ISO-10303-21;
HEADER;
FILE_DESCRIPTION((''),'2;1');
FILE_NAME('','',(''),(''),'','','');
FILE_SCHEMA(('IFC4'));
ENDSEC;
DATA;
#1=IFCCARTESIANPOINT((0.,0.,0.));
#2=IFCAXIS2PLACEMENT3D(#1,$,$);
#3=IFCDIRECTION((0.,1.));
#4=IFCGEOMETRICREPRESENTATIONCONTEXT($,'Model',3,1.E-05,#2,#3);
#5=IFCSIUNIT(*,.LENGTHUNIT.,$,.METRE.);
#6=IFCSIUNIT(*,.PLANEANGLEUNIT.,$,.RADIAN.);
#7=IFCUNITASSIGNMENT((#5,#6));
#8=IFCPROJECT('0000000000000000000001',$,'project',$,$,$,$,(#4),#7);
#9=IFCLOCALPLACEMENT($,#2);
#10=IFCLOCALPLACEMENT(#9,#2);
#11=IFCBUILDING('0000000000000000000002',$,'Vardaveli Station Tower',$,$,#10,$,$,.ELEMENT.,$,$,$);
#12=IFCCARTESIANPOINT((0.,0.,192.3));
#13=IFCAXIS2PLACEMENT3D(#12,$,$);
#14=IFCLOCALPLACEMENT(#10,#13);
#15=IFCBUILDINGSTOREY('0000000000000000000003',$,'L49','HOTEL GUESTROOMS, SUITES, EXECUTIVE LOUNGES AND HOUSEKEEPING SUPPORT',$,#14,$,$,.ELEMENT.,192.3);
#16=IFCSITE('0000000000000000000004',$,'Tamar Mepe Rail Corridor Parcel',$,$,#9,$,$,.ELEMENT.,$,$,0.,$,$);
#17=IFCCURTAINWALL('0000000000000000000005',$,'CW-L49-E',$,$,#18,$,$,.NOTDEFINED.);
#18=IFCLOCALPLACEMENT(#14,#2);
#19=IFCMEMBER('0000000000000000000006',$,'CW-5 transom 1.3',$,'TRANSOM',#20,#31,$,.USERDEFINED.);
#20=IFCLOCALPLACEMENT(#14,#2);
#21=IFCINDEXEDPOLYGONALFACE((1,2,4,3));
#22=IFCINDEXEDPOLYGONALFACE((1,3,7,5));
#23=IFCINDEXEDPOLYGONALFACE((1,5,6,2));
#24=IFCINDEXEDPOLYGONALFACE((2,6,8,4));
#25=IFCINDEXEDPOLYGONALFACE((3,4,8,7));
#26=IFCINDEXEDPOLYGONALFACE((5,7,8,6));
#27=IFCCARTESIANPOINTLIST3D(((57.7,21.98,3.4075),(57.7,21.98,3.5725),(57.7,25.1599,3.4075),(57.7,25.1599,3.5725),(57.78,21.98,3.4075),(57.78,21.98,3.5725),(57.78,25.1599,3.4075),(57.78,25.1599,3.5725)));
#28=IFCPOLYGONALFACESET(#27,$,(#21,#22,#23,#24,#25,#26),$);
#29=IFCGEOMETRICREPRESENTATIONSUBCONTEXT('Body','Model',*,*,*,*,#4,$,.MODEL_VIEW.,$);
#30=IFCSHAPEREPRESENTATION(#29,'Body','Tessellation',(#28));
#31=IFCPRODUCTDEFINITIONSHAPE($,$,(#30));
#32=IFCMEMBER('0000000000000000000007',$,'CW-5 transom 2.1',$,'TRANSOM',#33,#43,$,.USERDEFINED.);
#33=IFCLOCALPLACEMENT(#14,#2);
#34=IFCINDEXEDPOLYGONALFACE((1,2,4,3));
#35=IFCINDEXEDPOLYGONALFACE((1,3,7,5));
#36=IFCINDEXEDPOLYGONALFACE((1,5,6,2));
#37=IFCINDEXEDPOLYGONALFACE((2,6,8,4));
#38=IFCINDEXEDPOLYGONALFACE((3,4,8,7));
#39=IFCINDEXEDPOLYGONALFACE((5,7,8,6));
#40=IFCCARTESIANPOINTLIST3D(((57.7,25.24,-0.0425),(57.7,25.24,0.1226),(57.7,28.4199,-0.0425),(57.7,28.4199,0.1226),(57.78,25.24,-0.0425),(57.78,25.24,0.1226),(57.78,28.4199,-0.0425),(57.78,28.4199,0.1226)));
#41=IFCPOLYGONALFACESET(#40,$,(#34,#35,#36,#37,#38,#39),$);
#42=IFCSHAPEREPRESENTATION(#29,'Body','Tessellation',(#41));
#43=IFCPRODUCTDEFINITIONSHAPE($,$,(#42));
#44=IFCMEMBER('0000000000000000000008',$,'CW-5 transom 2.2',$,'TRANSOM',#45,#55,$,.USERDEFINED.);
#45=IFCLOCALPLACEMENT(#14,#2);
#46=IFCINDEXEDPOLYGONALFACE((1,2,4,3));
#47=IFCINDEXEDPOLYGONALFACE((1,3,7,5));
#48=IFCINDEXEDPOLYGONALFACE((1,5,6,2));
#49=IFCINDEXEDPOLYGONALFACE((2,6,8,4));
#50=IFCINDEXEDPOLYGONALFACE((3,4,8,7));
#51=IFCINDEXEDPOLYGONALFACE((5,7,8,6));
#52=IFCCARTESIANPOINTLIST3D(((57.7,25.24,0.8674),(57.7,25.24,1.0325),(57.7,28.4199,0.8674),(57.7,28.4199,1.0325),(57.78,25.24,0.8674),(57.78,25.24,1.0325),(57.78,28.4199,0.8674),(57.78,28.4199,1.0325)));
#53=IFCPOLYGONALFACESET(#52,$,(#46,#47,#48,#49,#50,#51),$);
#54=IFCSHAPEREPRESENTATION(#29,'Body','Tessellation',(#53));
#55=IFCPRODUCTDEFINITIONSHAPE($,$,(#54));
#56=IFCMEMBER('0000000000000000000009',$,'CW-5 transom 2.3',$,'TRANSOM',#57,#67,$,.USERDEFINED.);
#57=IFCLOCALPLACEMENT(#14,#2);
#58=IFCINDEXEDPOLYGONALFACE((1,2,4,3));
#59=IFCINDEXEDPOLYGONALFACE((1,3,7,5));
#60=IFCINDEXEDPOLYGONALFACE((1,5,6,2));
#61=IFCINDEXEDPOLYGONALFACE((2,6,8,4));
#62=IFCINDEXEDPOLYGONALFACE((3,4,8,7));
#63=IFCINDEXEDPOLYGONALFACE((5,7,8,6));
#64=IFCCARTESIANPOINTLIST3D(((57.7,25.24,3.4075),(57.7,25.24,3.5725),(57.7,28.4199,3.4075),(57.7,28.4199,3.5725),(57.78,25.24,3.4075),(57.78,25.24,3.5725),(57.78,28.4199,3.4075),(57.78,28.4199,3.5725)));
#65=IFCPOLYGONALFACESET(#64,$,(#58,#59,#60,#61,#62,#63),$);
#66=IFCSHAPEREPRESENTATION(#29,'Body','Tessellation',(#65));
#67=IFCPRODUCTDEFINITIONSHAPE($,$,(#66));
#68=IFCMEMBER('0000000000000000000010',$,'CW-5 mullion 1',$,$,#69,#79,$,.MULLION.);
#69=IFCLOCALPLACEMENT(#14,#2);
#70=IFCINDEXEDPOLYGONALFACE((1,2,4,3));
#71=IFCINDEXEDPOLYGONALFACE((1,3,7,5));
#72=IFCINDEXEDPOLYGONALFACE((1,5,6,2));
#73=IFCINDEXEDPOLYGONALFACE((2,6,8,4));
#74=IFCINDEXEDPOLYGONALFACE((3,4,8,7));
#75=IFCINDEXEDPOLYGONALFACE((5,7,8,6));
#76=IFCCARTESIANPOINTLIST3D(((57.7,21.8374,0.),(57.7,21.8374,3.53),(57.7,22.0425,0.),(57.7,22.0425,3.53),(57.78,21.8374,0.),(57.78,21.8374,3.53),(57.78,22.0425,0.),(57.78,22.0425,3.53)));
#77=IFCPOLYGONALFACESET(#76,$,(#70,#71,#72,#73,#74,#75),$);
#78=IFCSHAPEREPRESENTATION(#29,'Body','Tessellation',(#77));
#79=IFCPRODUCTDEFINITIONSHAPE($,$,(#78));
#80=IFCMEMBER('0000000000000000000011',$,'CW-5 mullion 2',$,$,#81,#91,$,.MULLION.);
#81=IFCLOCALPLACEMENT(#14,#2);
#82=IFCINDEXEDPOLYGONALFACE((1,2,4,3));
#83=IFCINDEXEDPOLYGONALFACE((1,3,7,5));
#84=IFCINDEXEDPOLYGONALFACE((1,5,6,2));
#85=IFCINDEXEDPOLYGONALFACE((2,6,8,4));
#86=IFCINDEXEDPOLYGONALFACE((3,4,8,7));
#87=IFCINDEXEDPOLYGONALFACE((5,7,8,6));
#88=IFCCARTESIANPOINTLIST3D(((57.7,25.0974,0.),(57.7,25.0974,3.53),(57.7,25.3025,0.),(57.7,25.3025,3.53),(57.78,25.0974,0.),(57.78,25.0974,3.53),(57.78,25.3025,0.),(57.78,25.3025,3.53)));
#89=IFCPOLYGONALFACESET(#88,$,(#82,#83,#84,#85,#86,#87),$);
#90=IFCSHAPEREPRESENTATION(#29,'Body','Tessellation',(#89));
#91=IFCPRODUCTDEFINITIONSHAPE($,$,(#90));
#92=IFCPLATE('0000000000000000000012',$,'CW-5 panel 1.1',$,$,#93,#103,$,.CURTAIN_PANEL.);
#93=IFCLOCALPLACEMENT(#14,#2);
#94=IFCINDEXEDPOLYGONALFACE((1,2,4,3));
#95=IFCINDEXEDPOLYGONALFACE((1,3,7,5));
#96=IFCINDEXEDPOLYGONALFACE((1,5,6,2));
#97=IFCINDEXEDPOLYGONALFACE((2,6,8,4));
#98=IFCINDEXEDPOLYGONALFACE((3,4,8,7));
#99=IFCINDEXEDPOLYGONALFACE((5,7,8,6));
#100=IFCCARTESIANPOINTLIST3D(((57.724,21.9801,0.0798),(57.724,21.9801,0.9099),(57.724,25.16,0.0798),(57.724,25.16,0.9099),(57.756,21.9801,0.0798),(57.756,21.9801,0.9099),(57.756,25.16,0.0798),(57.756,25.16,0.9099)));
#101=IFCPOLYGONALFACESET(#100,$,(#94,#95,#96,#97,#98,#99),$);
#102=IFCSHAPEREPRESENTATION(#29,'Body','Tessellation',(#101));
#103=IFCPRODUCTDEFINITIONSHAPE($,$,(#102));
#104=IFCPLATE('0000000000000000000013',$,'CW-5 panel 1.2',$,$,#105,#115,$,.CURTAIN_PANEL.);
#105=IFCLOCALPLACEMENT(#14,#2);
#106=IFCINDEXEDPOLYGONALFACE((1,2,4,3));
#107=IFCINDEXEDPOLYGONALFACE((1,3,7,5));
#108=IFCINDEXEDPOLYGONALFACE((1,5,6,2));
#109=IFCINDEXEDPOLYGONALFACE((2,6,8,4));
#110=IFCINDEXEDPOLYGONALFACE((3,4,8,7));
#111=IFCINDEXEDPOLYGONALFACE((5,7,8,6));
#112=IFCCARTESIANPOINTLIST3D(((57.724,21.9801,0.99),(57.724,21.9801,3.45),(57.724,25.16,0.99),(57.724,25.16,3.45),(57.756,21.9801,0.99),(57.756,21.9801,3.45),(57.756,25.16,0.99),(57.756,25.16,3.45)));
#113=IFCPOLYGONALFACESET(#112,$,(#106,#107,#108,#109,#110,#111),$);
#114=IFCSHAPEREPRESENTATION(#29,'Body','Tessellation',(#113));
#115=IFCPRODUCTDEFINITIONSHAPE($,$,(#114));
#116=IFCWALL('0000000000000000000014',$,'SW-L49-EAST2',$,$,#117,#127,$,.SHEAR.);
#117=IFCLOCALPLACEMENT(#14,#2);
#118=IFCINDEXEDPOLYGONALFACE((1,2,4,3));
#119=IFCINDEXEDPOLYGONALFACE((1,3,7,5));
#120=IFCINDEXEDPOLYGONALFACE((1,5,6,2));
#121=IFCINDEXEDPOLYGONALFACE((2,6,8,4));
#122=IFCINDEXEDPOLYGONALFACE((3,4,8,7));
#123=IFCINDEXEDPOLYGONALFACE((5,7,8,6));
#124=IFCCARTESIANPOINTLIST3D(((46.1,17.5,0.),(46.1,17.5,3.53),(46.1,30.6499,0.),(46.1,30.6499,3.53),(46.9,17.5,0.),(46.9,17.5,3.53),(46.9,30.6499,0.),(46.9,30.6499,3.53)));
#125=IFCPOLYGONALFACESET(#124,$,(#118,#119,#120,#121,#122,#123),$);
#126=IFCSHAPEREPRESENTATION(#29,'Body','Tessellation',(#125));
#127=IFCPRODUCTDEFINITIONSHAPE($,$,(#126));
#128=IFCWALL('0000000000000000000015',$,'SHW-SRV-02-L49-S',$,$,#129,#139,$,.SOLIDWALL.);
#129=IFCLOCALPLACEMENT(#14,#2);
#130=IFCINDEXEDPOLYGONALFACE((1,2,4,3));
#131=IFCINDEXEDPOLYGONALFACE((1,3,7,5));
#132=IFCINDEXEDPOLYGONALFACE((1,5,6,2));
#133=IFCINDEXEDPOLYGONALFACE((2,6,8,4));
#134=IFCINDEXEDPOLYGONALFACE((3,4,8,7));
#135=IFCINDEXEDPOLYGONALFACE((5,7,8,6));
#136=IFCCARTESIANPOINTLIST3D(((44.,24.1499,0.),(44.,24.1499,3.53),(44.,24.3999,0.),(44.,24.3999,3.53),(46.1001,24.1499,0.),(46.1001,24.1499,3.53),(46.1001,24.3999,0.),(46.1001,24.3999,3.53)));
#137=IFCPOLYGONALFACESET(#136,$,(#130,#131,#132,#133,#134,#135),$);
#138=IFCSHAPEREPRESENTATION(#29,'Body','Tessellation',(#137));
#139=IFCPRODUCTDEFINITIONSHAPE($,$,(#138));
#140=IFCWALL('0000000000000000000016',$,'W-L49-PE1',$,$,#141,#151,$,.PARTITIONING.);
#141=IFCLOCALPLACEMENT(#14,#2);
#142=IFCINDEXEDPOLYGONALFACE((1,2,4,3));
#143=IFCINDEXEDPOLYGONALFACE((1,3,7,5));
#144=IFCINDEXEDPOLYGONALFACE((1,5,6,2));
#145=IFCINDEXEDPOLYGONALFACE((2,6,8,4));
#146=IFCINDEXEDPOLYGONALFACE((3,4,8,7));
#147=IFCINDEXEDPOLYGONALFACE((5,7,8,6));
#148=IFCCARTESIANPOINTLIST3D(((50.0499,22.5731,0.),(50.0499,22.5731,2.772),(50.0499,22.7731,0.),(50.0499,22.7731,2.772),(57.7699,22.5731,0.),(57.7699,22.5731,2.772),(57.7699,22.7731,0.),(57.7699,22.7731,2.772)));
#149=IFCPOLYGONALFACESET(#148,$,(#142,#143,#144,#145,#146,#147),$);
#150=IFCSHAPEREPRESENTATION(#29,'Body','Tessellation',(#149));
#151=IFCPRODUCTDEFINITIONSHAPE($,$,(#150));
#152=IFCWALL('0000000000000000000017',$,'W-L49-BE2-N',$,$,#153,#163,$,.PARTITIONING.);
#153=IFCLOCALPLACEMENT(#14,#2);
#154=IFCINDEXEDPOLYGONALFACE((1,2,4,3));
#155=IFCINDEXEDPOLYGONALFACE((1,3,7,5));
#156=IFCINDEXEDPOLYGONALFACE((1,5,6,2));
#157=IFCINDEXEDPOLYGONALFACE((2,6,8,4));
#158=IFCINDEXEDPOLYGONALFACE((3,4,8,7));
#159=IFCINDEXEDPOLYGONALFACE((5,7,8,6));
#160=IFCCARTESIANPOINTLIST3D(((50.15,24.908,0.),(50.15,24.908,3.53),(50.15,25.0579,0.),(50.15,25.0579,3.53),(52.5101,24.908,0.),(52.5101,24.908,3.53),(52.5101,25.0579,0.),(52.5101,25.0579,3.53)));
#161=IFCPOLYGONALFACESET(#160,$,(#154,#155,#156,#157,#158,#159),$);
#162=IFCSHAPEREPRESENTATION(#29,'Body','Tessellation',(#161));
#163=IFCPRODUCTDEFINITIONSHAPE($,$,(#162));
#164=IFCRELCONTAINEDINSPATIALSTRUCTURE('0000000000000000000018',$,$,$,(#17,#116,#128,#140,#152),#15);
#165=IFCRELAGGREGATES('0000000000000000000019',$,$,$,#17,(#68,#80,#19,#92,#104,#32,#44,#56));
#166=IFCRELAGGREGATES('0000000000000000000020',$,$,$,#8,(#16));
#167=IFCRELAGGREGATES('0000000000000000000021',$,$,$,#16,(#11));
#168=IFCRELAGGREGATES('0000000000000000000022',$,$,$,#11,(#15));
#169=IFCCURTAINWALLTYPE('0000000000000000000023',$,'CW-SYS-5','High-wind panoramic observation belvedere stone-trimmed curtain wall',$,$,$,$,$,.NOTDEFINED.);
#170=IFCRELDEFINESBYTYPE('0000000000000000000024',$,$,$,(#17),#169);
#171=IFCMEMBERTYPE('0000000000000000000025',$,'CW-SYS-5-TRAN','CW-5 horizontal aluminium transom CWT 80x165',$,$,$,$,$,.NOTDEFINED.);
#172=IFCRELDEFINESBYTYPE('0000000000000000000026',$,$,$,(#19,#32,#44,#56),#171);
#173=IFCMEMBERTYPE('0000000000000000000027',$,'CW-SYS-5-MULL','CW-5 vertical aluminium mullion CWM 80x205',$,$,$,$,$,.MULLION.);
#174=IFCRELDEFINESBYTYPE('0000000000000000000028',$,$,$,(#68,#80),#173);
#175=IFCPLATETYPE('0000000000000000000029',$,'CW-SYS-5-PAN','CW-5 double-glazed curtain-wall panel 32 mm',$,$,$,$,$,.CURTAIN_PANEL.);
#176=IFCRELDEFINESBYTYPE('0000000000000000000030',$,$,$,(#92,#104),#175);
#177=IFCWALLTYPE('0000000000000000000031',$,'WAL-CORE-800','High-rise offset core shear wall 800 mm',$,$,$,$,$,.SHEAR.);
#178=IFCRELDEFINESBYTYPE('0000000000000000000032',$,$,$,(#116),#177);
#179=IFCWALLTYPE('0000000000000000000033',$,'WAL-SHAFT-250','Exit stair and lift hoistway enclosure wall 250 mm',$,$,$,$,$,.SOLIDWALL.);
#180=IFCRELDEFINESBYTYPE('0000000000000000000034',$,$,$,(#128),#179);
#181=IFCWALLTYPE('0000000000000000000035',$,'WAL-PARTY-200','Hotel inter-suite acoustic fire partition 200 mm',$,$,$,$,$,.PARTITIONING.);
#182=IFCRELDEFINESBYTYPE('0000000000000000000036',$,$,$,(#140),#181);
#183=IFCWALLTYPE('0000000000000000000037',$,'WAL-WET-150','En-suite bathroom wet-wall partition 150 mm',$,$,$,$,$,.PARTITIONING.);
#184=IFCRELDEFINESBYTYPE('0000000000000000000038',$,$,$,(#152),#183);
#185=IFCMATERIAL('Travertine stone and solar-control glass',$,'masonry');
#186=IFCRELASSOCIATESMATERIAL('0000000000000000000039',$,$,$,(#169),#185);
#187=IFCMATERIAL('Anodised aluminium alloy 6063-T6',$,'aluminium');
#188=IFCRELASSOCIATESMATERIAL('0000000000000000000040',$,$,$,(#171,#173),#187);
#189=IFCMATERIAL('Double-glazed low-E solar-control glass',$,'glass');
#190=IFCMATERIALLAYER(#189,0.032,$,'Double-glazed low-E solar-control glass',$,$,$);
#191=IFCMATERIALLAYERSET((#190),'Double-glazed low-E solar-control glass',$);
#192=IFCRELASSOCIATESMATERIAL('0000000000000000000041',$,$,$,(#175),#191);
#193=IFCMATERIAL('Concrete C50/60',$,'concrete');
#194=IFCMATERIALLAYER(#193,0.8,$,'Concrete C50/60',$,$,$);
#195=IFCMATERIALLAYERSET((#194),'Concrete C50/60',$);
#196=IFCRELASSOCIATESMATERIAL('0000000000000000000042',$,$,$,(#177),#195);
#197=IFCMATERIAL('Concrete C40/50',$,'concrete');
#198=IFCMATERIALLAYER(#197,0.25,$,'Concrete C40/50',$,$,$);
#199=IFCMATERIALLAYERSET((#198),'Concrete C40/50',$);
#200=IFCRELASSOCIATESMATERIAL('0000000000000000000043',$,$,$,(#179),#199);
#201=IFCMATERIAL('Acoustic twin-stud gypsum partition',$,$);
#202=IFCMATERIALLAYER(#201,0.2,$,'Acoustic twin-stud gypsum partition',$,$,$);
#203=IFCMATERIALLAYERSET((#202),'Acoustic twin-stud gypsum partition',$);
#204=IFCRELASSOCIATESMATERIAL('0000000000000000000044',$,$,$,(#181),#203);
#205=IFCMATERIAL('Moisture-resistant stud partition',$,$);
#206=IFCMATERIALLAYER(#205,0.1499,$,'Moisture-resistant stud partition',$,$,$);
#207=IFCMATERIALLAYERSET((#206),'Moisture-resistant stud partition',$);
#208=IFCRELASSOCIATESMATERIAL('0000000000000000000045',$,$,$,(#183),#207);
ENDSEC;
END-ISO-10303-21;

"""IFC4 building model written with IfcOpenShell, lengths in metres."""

from ifc_helpers import new_model, si_unit, direction, frame, frame_2d, origin, origin_2d, place, context, subcontext, project, spatial, rectangle, extrude, source, transform, mapped, material, layer, layer_set, material_profile, profile_set, type_object, element, aggregate, save


model = new_model("IFC4")

# Units and contexts
model_context = context("Model", 3, precision=1e-05, world=origin(), true_north=direction((0.0, 1.0)))
body_context = subcontext(model_context, "Body", "Model", "MODEL_VIEW")
ifc_project = project(units=[si_unit("LENGTHUNIT", "METRE"), si_unit("PLANEANGLEUNIT", "RADIAN")], contexts=[model_context])

# Site, building, storey
site_placement = place(None, origin())
site = spatial("IfcSite", under=ifc_project, at=site_placement, Name="Tamar Mepe Rail Corridor Parcel", CompositionType="ELEMENT", RefElevation=0.0)
building_placement = place(site_placement, origin())
building = spatial("IfcBuilding", under=site, at=building_placement, Name="Vardaveli Station Tower", CompositionType="ELEMENT")
storey_placement = place(building_placement, frame((0.0, 0.0, 192.3)))
storey = spatial("IfcBuildingStorey", under=building, at=storey_placement, Name="L49", Description="HOTEL GUESTROOMS, SUITES, EXECUTIVE LOUNGES AND HOUSEKEEPING SUPPORT", CompositionType="ELEMENT", Elevation=192.3)

# Curtain wall, members, plates
ifc_material_1 = material(Name="Travertine stone and solar-control glass", Category="masonry")
curtain_wall_type = type_object("IfcCurtainWallType", Name="CW-SYS-5", Description="High-wind panoramic observation belvedere stone-trimmed curtain wall", PredefinedType="NOTDEFINED", material=ifc_material_1)
curtain_wall_placement = place(storey_placement, origin())
curtain_wall = element("IfcCurtainWall", 1, at=curtain_wall_placement, inside=storey, type_object=curtain_wall_type, Name="CW-L49-E", PredefinedType="NOTDEFINED")
ifc_material_2 = material(Name="Anodised aluminium alloy 6063-T6", Category="aluminium")
ifc_material_profile_1 = material_profile(ifc_material_2, rectangle(XDim=0.0801, YDim=0.165, at=origin_2d()), Name="CWT 80x165")
ifc_profile_set_1 = profile_set([ifc_material_profile_1], Name="Anodised aluminium alloy 6063-T6")
member_type_1 = type_object("IfcMemberType", Name="CW-SYS-5-TRAN", Description="CW-5 horizontal aluminium transom CWT 80x165", PredefinedType="NOTDEFINED", material=ifc_profile_set_1)
shared_shape_1 = source(origin(), body_context, "Body", "SweptSolid", [
    extrude(rectangle(XDim=0.0801, YDim=0.165, at=origin_2d()), origin(), (0.0, 0.0, 1.0), 3.1799),
])
member_1_placement = place(storey_placement, frame((57.74, 21.98, 3.49), z_axis=(0.0, 1.0, 0.0), x_axis=(-1.0, 0.0, 0.0)))
member_1 = element("IfcMember", 2, at=member_1_placement, type_object=member_type_1, Name="CW-5 transom 1.3", ObjectType="TRANSOM", PredefinedType="USERDEFINED", context=body_context, shape_type="MappedRepresentation", body=[
    mapped(shared_shape_1, transform((0.0, 0.0, 0.0), scale=1.0)),
])
member_2_placement = place(storey_placement, frame((57.74, 25.24, 0.04), z_axis=(0.0, 1.0, 0.0), x_axis=(-1.0, 0.0, 0.0)))
member_2 = element("IfcMember", 3, at=member_2_placement, type_object=member_type_1, Name="CW-5 transom 2.1", ObjectType="TRANSOM", PredefinedType="USERDEFINED", context=body_context, shape_type="MappedRepresentation", body=[
    mapped(shared_shape_1, transform((0.0, 0.0, 0.0), scale=1.0)),
])
member_3_placement = place(storey_placement, frame((57.74, 25.24, 0.95), z_axis=(0.0, 1.0, 0.0), x_axis=(-1.0, 0.0, 0.0)))
member_3 = element("IfcMember", 4, at=member_3_placement, type_object=member_type_1, Name="CW-5 transom 2.2", ObjectType="TRANSOM", PredefinedType="USERDEFINED", context=body_context, shape_type="MappedRepresentation", body=[
    mapped(shared_shape_1, transform((0.0, 0.0, 0.0), scale=1.0)),
])
member_4_placement = place(storey_placement, frame((57.74, 25.24, 3.49), z_axis=(0.0, 1.0, 0.0), x_axis=(-1.0, 0.0, 0.0)))
member_4 = element("IfcMember", 5, at=member_4_placement, type_object=member_type_1, Name="CW-5 transom 2.3", ObjectType="TRANSOM", PredefinedType="USERDEFINED", context=body_context, shape_type="MappedRepresentation", body=[
    mapped(shared_shape_1, transform((0.0, 0.0, 0.0), scale=1.0)),
])
ifc_material_profile_2 = material_profile(ifc_material_2, rectangle(XDim=0.0801, YDim=0.2051, at=origin_2d()), Name="CWM 80x205")
ifc_profile_set_2 = profile_set([ifc_material_profile_2], Name="Anodised aluminium alloy 6063-T6")
member_type_2 = type_object("IfcMemberType", Name="CW-SYS-5-MULL", Description="CW-5 vertical aluminium mullion CWM 80x205", PredefinedType="MULLION", material=ifc_profile_set_2)
shared_shape_2 = source(origin(), body_context, "Body", "SweptSolid", [
    extrude(rectangle(XDim=0.0801, YDim=0.2051, at=origin_2d()), origin(), (0.0, 0.0, 1.0), 3.53),
])
member_5_placement = place(storey_placement, frame((57.74, 21.9399, 0.0), z_axis=(0.0, 0.0, 1.0), x_axis=(-1.0, 0.0, 0.0)))
member_5 = element("IfcMember", 6, at=member_5_placement, type_object=member_type_2, Name="CW-5 mullion 1", PredefinedType="MULLION", context=body_context, shape_type="MappedRepresentation", body=[
    mapped(shared_shape_2, transform((0.0, 0.0, 0.0), scale=1.0)),
])
member_6_placement = place(storey_placement, frame((57.74, 25.2, 0.0), z_axis=(0.0, 0.0, 1.0), x_axis=(-1.0, 0.0, 0.0)))
member_6 = element("IfcMember", 7, at=member_6_placement, type_object=member_type_2, Name="CW-5 mullion 2", PredefinedType="MULLION", context=body_context, shape_type="MappedRepresentation", body=[
    mapped(shared_shape_2, transform((0.0, 0.0, 0.0), scale=1.0)),
])
ifc_material_3 = material(Name="Double-glazed low-E solar-control glass", Category="glass")
ifc_layer_1 = layer(ifc_material_3, 0.032, Name="Double-glazed low-E solar-control glass")
ifc_layer_set_1 = layer_set([ifc_layer_1], Name="Double-glazed low-E solar-control glass")
plate_type = type_object("IfcPlateType", Name="CW-SYS-5-PAN", Description="CW-5 double-glazed curtain-wall panel 32 mm", PredefinedType="CURTAIN_PANEL", material=ifc_layer_set_1)
shared_shape_3 = source(origin(), body_context, "Body", "SweptSolid", [
    extrude(rectangle(XDim=3.1799, YDim=0.032, at=origin_2d()), origin(), (0.0, 0.0, 1.0), 0.8301),
])
plate_1_placement = place(storey_placement, frame((57.74, 23.5701, 0.0798), z_axis=(0.0, 0.0, 1.0), x_axis=(0.0, 1.0, 0.0)))
plate_1 = element("IfcPlate", 8, at=plate_1_placement, type_object=plate_type, Name="CW-5 panel 1.1", PredefinedType="CURTAIN_PANEL", context=body_context, shape_type="MappedRepresentation", body=[
    mapped(shared_shape_3, transform((0.0, 0.0, 0.0), scale=1.0)),
])
shared_shape_4 = source(origin(), body_context, "Body", "SweptSolid", [
    extrude(rectangle(XDim=3.1799, YDim=0.032, at=origin_2d()), origin(), (0.0, 0.0, 1.0), 2.46),
])
plate_2_placement = place(storey_placement, frame((57.74, 23.5701, 0.99), z_axis=(0.0, 0.0, 1.0), x_axis=(0.0, 1.0, 0.0)))
plate_2 = element("IfcPlate", 9, at=plate_2_placement, type_object=plate_type, Name="CW-5 panel 1.2", PredefinedType="CURTAIN_PANEL", context=body_context, shape_type="MappedRepresentation", body=[
    mapped(shared_shape_4, transform((0.0, 0.0, 0.0), scale=1.0)),
])
aggregate(curtain_wall, [member_5, member_6, member_1, plate_1, plate_2, member_2, member_3, member_4])

# Walls
ifc_material_4 = material(Name="Concrete C50/60", Category="concrete")
ifc_layer_2 = layer(ifc_material_4, 0.8, Name="Concrete C50/60")
ifc_layer_set_2 = layer_set([ifc_layer_2], Name="Concrete C50/60")
wall_type_1 = type_object("IfcWallType", Name="WAL-CORE-800", Description="High-rise offset core shear wall 800 mm", PredefinedType="SHEAR", material=ifc_layer_set_2)
shared_shape_5 = source(origin(), body_context, "Body", "SweptSolid", [
    extrude(rectangle(XDim=13.1499, YDim=0.8, at=frame_2d((6.575, 0.0))), origin(), (0.0, 0.0, 1.0), 3.53),
])
wall_1_placement = place(storey_placement, frame((46.5, 17.5, 0.0), z_axis=(0.0, 0.0, 1.0), x_axis=(0.0, 1.0, 0.0)))
element("IfcWall", 10, at=wall_1_placement, inside=storey, type_object=wall_type_1, Name="SW-L49-EAST2", PredefinedType="SHEAR", context=body_context, shape_type="MappedRepresentation", body=[
    mapped(shared_shape_5, transform((0.0, 0.0, 0.0), scale=1.0)),
])
ifc_material_5 = material(Name="Concrete C40/50", Category="concrete")
ifc_layer_3 = layer(ifc_material_5, 0.25, Name="Concrete C40/50")
ifc_layer_set_3 = layer_set([ifc_layer_3], Name="Concrete C40/50")
wall_type_2 = type_object("IfcWallType", Name="WAL-SHAFT-250", Description="Exit stair and lift hoistway enclosure wall 250 mm", PredefinedType="SOLIDWALL", material=ifc_layer_set_3)
shared_shape_6 = source(origin(), body_context, "Body", "SweptSolid", [
    extrude(rectangle(XDim=2.1001, YDim=0.25, at=frame_2d((1.05, 0.0))), origin(), (0.0, 0.0, 1.0), 3.53),
])
wall_2_placement = place(storey_placement, frame((44.0, 24.2749, 0.0), z_axis=(0.0, 0.0, 1.0), x_axis=(1.0, 0.0, 0.0)))
element("IfcWall", 11, at=wall_2_placement, inside=storey, type_object=wall_type_2, Name="SHW-SRV-02-L49-S", PredefinedType="SOLIDWALL", context=body_context, shape_type="MappedRepresentation", body=[
    mapped(shared_shape_6, transform((0.0, 0.0, 0.0), scale=1.0)),
])
ifc_material_6 = material(Name="Acoustic twin-stud gypsum partition")
ifc_layer_4 = layer(ifc_material_6, 0.2, Name="Acoustic twin-stud gypsum partition")
ifc_layer_set_4 = layer_set([ifc_layer_4], Name="Acoustic twin-stud gypsum partition")
wall_type_3 = type_object("IfcWallType", Name="WAL-PARTY-200", Description="Hotel inter-suite acoustic fire partition 200 mm", PredefinedType="PARTITIONING", material=ifc_layer_set_4)
shared_shape_7 = source(origin(), body_context, "Body", "SweptSolid", [
    extrude(rectangle(XDim=7.72, YDim=0.2, at=frame_2d((3.8599, 0.0))), origin(), (0.0, 0.0, 1.0), 2.772),
])
wall_3_placement = place(storey_placement, frame((50.05, 22.6731, 0.0), z_axis=(0.0, 0.0, 1.0), x_axis=(1.0, 0.0, 0.0)))
element("IfcWall", 12, at=wall_3_placement, inside=storey, type_object=wall_type_3, Name="W-L49-PE1", PredefinedType="PARTITIONING", context=body_context, shape_type="MappedRepresentation", body=[
    mapped(shared_shape_7, transform((0.0, 0.0, 0.0), scale=1.0)),
])
ifc_material_7 = material(Name="Moisture-resistant stud partition")
ifc_layer_5 = layer(ifc_material_7, 0.1499, Name="Moisture-resistant stud partition")
ifc_layer_set_5 = layer_set([ifc_layer_5], Name="Moisture-resistant stud partition")
wall_type_4 = type_object("IfcWallType", Name="WAL-WET-150", Description="En-suite bathroom wet-wall partition 150 mm", PredefinedType="PARTITIONING", material=ifc_layer_set_5)
shared_shape_8 = source(origin(), body_context, "Body", "SweptSolid", [
    extrude(rectangle(XDim=2.3601, YDim=0.1499, at=frame_2d((1.1802, 0.0))), origin(), (0.0, 0.0, 1.0), 3.53),
])
wall_4_placement = place(storey_placement, frame((50.1499, 24.9829, 0.0), z_axis=(0.0, 0.0, 1.0), x_axis=(1.0, 0.0, 0.0)))
element("IfcWall", 13, at=wall_4_placement, inside=storey, type_object=wall_type_4, Name="W-L49-BE2-N", PredefinedType="PARTITIONING", context=body_context, shape_type="MappedRepresentation", body=[
    mapped(shared_shape_8, transform((0.0, 0.0, 0.0), scale=1.0)),
])

save(model, "model.ifc")
